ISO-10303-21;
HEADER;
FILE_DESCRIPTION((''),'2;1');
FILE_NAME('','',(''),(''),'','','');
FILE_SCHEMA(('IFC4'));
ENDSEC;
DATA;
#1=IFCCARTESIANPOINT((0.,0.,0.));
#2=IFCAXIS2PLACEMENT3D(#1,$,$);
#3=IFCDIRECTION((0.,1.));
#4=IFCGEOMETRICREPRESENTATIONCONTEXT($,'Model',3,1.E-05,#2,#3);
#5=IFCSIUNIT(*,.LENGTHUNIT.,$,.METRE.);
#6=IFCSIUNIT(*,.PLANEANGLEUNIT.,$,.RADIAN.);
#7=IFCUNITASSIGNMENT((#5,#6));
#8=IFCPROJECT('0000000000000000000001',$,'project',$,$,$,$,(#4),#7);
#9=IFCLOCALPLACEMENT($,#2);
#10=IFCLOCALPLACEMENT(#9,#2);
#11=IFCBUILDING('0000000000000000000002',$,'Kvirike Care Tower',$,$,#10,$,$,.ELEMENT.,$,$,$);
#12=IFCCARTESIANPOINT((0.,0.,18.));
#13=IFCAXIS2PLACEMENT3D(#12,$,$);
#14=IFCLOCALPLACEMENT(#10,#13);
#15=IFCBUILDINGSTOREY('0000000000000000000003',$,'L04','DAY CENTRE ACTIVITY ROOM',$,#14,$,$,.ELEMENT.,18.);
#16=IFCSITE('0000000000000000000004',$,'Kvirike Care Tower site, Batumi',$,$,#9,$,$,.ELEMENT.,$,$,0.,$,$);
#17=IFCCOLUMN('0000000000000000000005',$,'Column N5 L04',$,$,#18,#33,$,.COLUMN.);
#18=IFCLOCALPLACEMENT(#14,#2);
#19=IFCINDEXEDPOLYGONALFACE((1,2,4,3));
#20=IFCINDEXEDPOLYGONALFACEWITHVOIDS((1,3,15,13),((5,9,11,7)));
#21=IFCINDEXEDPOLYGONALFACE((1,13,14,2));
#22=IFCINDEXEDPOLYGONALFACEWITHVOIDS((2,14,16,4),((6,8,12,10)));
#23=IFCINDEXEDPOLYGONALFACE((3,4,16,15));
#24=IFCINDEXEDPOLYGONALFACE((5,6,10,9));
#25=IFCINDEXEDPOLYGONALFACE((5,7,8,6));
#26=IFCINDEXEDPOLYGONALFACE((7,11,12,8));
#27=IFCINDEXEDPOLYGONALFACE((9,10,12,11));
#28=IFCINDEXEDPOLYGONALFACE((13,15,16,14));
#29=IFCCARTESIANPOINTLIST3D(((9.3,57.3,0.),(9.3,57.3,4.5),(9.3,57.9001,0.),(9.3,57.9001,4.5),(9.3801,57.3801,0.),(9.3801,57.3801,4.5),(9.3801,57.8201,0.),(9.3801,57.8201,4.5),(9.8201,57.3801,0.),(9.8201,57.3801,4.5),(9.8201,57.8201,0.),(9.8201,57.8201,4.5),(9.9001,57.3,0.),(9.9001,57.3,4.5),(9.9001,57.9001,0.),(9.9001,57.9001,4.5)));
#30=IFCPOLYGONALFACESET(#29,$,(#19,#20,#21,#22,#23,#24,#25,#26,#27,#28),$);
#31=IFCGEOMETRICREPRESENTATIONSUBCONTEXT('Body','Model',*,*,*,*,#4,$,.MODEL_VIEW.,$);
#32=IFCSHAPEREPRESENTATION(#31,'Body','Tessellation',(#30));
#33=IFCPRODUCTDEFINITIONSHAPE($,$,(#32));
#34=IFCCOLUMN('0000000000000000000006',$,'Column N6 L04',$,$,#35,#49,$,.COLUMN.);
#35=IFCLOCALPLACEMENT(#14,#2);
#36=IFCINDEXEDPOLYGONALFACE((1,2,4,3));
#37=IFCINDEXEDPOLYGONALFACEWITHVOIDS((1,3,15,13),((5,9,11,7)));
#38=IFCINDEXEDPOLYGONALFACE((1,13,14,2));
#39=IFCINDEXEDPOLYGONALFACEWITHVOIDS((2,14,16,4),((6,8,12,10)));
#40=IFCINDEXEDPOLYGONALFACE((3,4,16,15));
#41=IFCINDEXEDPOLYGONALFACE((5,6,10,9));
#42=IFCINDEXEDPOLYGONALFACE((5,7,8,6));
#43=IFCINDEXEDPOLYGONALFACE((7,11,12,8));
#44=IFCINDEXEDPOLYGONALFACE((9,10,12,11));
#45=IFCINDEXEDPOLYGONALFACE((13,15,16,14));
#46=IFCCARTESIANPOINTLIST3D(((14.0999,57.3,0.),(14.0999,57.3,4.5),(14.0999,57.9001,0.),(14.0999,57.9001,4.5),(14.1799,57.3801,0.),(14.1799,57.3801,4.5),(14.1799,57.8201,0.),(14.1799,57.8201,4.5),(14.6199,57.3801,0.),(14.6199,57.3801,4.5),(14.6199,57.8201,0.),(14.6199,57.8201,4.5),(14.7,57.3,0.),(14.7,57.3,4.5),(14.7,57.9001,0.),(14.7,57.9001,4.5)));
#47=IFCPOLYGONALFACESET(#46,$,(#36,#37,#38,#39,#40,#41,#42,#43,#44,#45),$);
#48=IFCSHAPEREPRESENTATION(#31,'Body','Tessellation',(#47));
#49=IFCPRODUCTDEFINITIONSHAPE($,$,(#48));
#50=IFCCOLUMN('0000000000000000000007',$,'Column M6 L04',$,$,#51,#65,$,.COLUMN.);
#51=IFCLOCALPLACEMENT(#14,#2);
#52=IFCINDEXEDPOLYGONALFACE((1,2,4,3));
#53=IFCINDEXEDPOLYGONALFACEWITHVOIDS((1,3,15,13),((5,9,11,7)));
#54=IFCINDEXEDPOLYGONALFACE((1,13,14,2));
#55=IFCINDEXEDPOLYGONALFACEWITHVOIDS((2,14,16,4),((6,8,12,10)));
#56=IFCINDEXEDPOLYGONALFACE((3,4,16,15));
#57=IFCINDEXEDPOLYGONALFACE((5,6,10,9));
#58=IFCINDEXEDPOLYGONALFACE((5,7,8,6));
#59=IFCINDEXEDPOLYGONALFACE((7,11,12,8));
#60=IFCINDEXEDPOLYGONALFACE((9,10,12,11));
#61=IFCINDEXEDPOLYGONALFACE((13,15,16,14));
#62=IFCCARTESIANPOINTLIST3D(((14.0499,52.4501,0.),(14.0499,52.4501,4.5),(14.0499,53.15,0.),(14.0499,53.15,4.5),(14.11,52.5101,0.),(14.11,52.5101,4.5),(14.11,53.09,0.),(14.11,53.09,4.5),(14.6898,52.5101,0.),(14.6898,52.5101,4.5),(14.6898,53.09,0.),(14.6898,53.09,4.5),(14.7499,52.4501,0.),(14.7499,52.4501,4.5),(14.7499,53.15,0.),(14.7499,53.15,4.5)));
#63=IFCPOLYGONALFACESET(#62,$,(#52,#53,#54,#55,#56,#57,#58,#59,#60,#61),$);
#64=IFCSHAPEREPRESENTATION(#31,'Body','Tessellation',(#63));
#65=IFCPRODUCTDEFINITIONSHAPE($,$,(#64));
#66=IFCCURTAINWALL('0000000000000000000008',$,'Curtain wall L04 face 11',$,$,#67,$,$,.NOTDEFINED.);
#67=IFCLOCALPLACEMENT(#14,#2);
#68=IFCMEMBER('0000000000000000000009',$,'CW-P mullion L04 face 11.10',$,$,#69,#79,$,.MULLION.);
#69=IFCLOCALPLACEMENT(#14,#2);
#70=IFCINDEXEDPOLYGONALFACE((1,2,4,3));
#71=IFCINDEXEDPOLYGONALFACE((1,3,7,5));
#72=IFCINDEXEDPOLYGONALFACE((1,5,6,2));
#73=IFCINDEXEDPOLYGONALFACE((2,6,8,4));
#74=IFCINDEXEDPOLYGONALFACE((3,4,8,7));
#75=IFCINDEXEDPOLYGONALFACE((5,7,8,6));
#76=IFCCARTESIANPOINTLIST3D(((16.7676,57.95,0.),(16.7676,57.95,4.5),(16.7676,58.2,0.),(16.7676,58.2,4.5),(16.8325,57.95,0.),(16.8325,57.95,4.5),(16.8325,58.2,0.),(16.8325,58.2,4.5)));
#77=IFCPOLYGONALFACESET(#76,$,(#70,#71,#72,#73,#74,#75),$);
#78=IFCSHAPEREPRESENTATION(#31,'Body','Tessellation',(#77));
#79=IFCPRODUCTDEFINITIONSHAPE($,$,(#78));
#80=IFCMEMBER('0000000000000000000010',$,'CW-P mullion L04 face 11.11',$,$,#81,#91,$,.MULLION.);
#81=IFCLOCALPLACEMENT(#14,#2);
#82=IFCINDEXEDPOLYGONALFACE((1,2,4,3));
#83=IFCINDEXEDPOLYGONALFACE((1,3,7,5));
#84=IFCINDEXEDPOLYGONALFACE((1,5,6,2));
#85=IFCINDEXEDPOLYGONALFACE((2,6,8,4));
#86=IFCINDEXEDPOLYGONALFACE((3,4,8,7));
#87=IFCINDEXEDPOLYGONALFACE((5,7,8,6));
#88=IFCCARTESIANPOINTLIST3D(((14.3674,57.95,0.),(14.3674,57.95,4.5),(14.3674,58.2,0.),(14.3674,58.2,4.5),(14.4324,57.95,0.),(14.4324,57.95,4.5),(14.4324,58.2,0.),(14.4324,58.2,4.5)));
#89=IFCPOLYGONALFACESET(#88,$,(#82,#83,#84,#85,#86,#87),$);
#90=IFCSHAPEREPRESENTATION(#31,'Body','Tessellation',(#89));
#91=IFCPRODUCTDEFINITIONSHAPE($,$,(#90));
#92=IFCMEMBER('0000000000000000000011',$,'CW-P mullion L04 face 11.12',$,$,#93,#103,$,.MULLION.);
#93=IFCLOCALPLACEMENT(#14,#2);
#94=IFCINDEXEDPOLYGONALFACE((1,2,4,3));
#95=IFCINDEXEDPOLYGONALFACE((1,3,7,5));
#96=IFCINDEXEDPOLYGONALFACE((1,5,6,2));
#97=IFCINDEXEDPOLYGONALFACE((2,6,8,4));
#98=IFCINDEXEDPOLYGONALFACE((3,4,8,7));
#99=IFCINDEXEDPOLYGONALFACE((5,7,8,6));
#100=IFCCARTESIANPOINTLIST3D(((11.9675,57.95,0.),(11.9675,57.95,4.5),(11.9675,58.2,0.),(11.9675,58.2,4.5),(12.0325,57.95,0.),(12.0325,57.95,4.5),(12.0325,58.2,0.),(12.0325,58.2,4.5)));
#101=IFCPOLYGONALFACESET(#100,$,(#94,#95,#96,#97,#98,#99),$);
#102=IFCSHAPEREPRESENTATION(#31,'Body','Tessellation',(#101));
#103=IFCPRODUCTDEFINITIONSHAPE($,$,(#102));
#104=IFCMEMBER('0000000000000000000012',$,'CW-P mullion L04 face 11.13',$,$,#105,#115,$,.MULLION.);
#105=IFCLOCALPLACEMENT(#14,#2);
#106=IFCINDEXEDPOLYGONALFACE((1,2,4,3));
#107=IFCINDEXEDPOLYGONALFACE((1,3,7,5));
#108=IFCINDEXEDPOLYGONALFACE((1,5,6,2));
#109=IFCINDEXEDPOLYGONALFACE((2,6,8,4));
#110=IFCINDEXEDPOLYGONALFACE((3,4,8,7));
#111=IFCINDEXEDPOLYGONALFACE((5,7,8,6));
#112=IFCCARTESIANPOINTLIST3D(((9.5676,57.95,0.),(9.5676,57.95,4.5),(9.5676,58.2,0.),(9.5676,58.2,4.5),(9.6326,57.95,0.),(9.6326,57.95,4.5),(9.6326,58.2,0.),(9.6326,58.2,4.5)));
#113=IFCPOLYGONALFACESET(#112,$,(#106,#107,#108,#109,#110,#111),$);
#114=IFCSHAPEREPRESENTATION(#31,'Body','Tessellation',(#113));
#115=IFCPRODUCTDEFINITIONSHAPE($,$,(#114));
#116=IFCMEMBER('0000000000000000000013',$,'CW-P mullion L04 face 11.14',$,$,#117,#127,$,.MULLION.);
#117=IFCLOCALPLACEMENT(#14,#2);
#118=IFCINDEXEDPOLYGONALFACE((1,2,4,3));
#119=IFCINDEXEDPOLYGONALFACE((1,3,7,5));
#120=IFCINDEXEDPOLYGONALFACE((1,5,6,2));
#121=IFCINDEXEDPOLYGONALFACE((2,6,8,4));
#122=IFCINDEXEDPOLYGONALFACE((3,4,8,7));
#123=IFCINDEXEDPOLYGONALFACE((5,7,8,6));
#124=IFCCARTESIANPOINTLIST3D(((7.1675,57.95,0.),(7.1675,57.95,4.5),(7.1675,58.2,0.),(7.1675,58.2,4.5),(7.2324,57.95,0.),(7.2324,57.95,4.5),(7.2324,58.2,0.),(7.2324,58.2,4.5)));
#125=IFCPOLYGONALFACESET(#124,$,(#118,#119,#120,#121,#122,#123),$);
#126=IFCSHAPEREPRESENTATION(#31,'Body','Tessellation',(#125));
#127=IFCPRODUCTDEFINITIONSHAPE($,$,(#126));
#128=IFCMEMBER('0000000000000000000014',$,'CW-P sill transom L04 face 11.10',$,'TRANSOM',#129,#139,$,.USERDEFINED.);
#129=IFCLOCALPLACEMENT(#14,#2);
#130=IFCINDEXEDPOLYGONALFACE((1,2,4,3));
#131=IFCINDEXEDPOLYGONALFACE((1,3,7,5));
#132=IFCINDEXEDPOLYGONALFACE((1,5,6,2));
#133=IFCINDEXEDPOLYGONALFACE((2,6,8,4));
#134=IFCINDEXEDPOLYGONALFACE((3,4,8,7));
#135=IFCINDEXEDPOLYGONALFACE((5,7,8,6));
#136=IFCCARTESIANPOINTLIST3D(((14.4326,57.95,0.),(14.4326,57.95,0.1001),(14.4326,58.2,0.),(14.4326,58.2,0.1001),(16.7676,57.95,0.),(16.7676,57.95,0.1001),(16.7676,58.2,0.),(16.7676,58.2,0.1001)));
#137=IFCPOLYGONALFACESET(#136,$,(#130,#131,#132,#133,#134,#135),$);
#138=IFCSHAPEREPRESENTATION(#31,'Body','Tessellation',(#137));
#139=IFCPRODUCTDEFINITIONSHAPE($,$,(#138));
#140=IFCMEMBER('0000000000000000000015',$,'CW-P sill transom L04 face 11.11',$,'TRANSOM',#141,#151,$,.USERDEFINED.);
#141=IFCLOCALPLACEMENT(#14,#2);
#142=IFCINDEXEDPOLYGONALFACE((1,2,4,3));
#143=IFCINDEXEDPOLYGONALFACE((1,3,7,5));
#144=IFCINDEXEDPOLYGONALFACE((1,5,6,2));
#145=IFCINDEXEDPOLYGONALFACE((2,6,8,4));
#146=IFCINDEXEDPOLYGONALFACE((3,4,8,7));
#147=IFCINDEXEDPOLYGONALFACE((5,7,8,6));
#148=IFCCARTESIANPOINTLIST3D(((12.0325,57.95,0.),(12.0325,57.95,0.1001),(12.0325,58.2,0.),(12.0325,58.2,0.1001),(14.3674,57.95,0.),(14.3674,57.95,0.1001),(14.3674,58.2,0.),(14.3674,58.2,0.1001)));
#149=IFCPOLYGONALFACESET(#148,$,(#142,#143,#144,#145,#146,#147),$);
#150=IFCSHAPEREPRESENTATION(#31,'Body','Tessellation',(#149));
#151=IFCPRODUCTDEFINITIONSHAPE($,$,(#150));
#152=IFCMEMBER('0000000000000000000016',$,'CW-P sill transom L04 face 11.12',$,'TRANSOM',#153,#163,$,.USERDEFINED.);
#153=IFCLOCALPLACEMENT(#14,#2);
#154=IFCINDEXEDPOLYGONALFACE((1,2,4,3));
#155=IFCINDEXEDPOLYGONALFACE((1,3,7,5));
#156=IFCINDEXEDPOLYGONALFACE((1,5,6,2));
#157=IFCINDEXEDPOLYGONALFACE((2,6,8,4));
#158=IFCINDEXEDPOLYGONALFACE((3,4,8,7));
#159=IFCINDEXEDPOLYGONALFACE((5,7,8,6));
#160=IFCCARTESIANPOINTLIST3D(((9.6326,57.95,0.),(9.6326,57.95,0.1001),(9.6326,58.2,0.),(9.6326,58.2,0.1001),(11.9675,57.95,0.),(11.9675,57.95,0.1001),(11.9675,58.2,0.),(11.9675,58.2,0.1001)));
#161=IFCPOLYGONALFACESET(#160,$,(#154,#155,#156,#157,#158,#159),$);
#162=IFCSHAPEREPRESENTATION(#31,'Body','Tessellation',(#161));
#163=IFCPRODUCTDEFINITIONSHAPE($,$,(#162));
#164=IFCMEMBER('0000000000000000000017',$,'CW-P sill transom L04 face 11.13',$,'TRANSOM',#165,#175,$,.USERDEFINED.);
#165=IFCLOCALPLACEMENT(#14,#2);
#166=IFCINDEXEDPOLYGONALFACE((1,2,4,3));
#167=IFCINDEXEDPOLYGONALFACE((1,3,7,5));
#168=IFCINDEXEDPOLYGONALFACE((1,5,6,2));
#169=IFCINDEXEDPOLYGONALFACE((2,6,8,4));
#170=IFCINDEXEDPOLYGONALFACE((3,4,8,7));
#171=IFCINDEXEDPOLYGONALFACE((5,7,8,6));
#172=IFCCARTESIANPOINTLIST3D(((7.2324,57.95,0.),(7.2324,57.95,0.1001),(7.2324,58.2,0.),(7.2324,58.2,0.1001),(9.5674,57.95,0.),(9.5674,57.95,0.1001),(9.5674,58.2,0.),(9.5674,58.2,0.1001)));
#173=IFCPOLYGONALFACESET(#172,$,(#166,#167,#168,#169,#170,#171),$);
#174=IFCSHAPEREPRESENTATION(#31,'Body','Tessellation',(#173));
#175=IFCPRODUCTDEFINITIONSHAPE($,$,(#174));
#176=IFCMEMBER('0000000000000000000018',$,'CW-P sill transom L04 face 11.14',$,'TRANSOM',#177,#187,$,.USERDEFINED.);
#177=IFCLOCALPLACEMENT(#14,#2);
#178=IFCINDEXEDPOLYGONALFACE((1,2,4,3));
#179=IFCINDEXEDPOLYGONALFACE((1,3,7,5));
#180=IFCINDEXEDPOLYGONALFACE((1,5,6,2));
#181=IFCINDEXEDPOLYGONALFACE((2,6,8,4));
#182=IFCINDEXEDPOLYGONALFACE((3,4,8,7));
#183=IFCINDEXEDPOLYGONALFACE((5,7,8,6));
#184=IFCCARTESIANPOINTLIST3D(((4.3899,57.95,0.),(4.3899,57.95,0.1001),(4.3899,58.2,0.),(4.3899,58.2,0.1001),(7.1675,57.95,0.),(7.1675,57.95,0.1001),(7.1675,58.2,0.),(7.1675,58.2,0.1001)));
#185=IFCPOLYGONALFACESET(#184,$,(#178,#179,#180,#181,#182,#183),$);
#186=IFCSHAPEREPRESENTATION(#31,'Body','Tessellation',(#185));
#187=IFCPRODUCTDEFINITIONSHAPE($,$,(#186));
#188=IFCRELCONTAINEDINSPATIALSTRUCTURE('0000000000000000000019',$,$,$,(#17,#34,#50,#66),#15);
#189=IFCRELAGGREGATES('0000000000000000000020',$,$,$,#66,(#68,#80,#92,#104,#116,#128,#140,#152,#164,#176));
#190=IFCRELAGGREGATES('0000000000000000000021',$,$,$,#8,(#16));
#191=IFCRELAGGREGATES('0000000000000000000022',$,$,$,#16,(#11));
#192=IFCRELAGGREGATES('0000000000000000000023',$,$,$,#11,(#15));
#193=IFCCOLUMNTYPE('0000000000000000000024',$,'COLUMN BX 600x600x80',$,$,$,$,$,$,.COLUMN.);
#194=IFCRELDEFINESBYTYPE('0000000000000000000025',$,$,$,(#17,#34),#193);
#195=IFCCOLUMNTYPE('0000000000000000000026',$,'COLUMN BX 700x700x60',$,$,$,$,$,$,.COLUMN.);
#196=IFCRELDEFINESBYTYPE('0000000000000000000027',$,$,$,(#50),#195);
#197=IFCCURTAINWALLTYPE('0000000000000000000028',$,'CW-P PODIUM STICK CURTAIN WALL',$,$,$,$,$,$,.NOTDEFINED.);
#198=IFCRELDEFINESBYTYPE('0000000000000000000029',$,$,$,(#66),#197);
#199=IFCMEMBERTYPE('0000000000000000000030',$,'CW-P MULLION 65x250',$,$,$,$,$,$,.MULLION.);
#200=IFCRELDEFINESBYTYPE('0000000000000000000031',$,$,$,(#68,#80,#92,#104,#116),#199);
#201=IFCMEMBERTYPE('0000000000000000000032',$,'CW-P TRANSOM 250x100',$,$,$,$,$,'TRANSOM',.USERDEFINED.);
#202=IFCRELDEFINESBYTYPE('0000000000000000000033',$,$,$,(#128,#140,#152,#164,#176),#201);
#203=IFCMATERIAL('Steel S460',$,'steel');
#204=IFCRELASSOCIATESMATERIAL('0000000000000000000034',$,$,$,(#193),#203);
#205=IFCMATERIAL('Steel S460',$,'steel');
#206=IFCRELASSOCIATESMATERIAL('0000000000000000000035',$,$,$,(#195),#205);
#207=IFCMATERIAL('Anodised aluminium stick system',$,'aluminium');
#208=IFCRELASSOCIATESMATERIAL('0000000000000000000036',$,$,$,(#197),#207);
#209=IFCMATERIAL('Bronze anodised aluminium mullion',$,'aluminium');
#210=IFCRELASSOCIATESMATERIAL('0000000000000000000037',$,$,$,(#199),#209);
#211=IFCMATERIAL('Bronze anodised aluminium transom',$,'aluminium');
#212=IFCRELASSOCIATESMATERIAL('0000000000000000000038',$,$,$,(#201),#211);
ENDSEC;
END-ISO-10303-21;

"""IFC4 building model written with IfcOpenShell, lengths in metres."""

from ifc_helpers import new_model, si_unit, direction, frame, origin, origin_2d, place, context, subcontext, project, spatial, rectangle, hollow_rectangle, extrude, material, material_profile, profile_set, type_object, element, aggregate, save


model = new_model("IFC4")

# Units and contexts
model_context = context("Model", 3, precision=1e-05, world=origin(), true_north=direction((0.0, 1.0)))
body_context = subcontext(model_context, "Body", "Model", "MODEL_VIEW")
ifc_project = project(units=[si_unit("LENGTHUNIT", "METRE"), si_unit("PLANEANGLEUNIT", "RADIAN")], contexts=[model_context])

# Site, building, storey
site_placement = place(None, origin())
site = spatial("IfcSite", under=ifc_project, at=site_placement, Name="Kvirike Care Tower site, Batumi", CompositionType="ELEMENT", RefElevation=0.0)
building_placement = place(site_placement, origin())
building = spatial("IfcBuilding", under=site, at=building_placement, Name="Kvirike Care Tower", CompositionType="ELEMENT")
storey_placement = place(building_placement, frame((0.0, 0.0, 18.0)))
storey = spatial("IfcBuildingStorey", under=building, at=storey_placement, Name="L04", Description="DAY CENTRE ACTIVITY ROOM", CompositionType="ELEMENT", Elevation=18.0)

# Columns
ifc_material_1 = material(Name="Steel S460", Category="steel")
ifc_material_profile_1 = material_profile(ifc_material_1, hollow_rectangle(XDim=0.6001, YDim=0.6001, WallThickness=0.0801, at=origin_2d()), Name="BX 600x600x80")
ifc_profile_set_1 = profile_set([ifc_material_profile_1], Name="Steel S460")
column_type_1 = type_object("IfcColumnType", Name="COLUMN BX 600x600x80", PredefinedType="COLUMN", material=ifc_profile_set_1)
for number, where, z_axis, x_axis, name in (
    (1, (9.6001, 57.6001, 0.0), (0.0, 0.0, 1.0), (0.0, 1.0, 0.0), "Column N5 L04"),
    (2, (14.3999, 57.6001, 0.0), (0.0, 0.0, 1.0), (0.0, 1.0, 0.0), "Column N6 L04"),
):
    element("IfcColumn", number, at=place(storey_placement, frame(where, z_axis=z_axis, x_axis=x_axis)), inside=storey, type_object=column_type_1, Name=name, PredefinedType="COLUMN", context=body_context, shape_type="SweptSolid", body=[
        extrude(hollow_rectangle(XDim=0.6001, YDim=0.6001, WallThickness=0.0801, at=origin_2d()), origin(), (0.0, 0.0, 1.0), 4.5),
    ])
ifc_material_2 = material(Name="Steel S460", Category="steel")
ifc_material_profile_2 = material_profile(ifc_material_2, hollow_rectangle(XDim=0.7, YDim=0.7, WallThickness=0.0601, at=origin_2d()), Name="BX 700x700x60")
ifc_profile_set_2 = profile_set([ifc_material_profile_2], Name="Steel S460")
column_type_2 = type_object("IfcColumnType", Name="COLUMN BX 700x700x60", PredefinedType="COLUMN", material=ifc_profile_set_2)
column_placement = place(storey_placement, frame((14.3999, 52.8, 0.0), z_axis=(0.0, 0.0, 1.0), x_axis=(1.0, 0.0, 0.0)))
element("IfcColumn", 3, at=column_placement, inside=storey, type_object=column_type_2, Name="Column M6 L04", PredefinedType="COLUMN", context=body_context, shape_type="SweptSolid", body=[
    extrude(hollow_rectangle(XDim=0.7, YDim=0.7, WallThickness=0.0601, at=origin_2d()), origin(), (0.0, 0.0, 1.0), 4.5),
])

# Curtain wall, members
ifc_material_3 = material(Name="Anodised aluminium stick system", Category="aluminium")
curtain_wall_type = type_object("IfcCurtainWallType", Name="CW-P PODIUM STICK CURTAIN WALL", PredefinedType="NOTDEFINED", material=ifc_material_3)
curtain_wall_placement = place(storey_placement, origin())
curtain_wall = element("IfcCurtainWall", 4, at=curtain_wall_placement, inside=storey, type_object=curtain_wall_type, Name="Curtain wall L04 face 11", PredefinedType="NOTDEFINED")
ifc_material_4 = material(Name="Bronze anodised aluminium mullion", Category="aluminium")
ifc_material_profile_3 = material_profile(ifc_material_4, rectangle(XDim=0.0649, YDim=0.25, at=origin_2d()), Name="CW-P MULLION 65x250")
ifc_profile_set_3 = profile_set([ifc_material_profile_3], Name="Bronze anodised aluminium mullion")
member_type_1 = type_object("IfcMemberType", Name="CW-P MULLION 65x250", PredefinedType="MULLION", material=ifc_profile_set_3)
member_1_placement = place(storey_placement, frame((16.8, 58.075, 0.0), z_axis=(0.0, 0.0, 1.0), x_axis=(-1.0, 0.0, 0.0)))
member_1 = element("IfcMember", 5, at=member_1_placement, type_object=member_type_1, Name="CW-P mullion L04 face 11.10", PredefinedType="MULLION", context=body_context, shape_type="SweptSolid", body=[
    extrude(rectangle(XDim=0.0649, YDim=0.25, at=origin_2d()), origin(), (0.0, 0.0, 1.0), 4.5),
])
member_2_placement = place(storey_placement, frame((14.3999, 58.075, 0.0), z_axis=(0.0, 0.0, 1.0), x_axis=(-1.0, 0.0, 0.0)))
member_2 = element("IfcMember", 6, at=member_2_placement, type_object=member_type_1, Name="CW-P mullion L04 face 11.11", PredefinedType="MULLION", context=body_context, shape_type="SweptSolid", body=[
    extrude(rectangle(XDim=0.0649, YDim=0.25, at=origin_2d()), origin(), (0.0, 0.0, 1.0), 4.5),
])
member_3_placement = place(storey_placement, frame((12.0, 58.075, 0.0), z_axis=(0.0, 0.0, 1.0), x_axis=(-1.0, 0.0, 0.0)))
member_3 = element("IfcMember", 7, at=member_3_placement, type_object=member_type_1, Name="CW-P mullion L04 face 11.12", PredefinedType="MULLION", context=body_context, shape_type="SweptSolid", body=[
    extrude(rectangle(XDim=0.0649, YDim=0.25, at=origin_2d()), origin(), (0.0, 0.0, 1.0), 4.5),
])
member_4_placement = place(storey_placement, frame((9.6001, 58.075, 0.0), z_axis=(0.0, 0.0, 1.0), x_axis=(-1.0, 0.0, 0.0)))
member_4 = element("IfcMember", 8, at=member_4_placement, type_object=member_type_1, Name="CW-P mullion L04 face 11.13", PredefinedType="MULLION", context=body_context, shape_type="SweptSolid", body=[
    extrude(rectangle(XDim=0.0649, YDim=0.25, at=origin_2d()), origin(), (0.0, 0.0, 1.0), 4.5),
])
member_5_placement = place(storey_placement, frame((7.2, 58.075, 0.0), z_axis=(0.0, 0.0, 1.0), x_axis=(-1.0, 0.0, 0.0)))
member_5 = element("IfcMember", 9, at=member_5_placement, type_object=member_type_1, Name="CW-P mullion L04 face 11.14", PredefinedType="MULLION", context=body_context, shape_type="SweptSolid", body=[
    extrude(rectangle(XDim=0.0649, YDim=0.25, at=origin_2d()), origin(), (0.0, 0.0, 1.0), 4.5),
])
ifc_material_5 = material(Name="Bronze anodised aluminium transom", Category="aluminium")
ifc_material_profile_4 = material_profile(ifc_material_5, rectangle(XDim=0.25, YDim=0.1001, at=origin_2d()), Name="CW-P TRANSOM 250x100")
ifc_profile_set_4 = profile_set([ifc_material_profile_4], Name="Bronze anodised aluminium transom")
member_type_2 = type_object("IfcMemberType", Name="CW-P TRANSOM 250x100", ElementType="TRANSOM", PredefinedType="USERDEFINED", material=ifc_profile_set_4)
member_6_placement = place(storey_placement, frame((16.7676, 58.075, 0.05), z_axis=(-1.0, 0.0, 0.0), x_axis=(0.0, -1.0, 0.0)))
member_6 = element("IfcMember", 10, at=member_6_placement, type_object=member_type_2, Name="CW-P sill transom L04 face 11.10", ObjectType="TRANSOM", PredefinedType="USERDEFINED", context=body_context, shape_type="SweptSolid", body=[
    extrude(rectangle(XDim=0.25, YDim=0.1001, at=origin_2d()), origin(), (0.0, 0.0, 1.0), 2.335),
])
member_7_placement = place(storey_placement, frame((14.3674, 58.075, 0.05), z_axis=(-1.0, 0.0, 0.0), x_axis=(0.0, -1.0, 0.0)))
member_7 = element("IfcMember", 11, at=member_7_placement, type_object=member_type_2, Name="CW-P sill transom L04 face 11.11", ObjectType="TRANSOM", PredefinedType="USERDEFINED", context=body_context, shape_type="SweptSolid", body=[
    extrude(rectangle(XDim=0.25, YDim=0.1001, at=origin_2d()), origin(), (0.0, 0.0, 1.0), 2.335),
])
member_8_placement = place(storey_placement, frame((11.9675, 58.075, 0.05), z_axis=(-1.0, 0.0, 0.0), x_axis=(0.0, -1.0, 0.0)))
member_8 = element("IfcMember", 12, at=member_8_placement, type_object=member_type_2, Name="CW-P sill transom L04 face 11.12", ObjectType="TRANSOM", PredefinedType="USERDEFINED", context=body_context, shape_type="SweptSolid", body=[
    extrude(rectangle(XDim=0.25, YDim=0.1001, at=origin_2d()), origin(), (0.0, 0.0, 1.0), 2.335),
])
member_9_placement = place(storey_placement, frame((9.5674, 58.075, 0.05), z_axis=(-1.0, 0.0, 0.0), x_axis=(0.0, -1.0, 0.0)))
member_9 = element("IfcMember", 13, at=member_9_placement, type_object=member_type_2, Name="CW-P sill transom L04 face 11.13", ObjectType="TRANSOM", PredefinedType="USERDEFINED", context=body_context, shape_type="SweptSolid", body=[
    extrude(rectangle(XDim=0.25, YDim=0.1001, at=origin_2d()), origin(), (0.0, 0.0, 1.0), 2.335),
])
member_10_placement = place(storey_placement, frame((7.1675, 58.075, 0.05), z_axis=(-1.0, 0.0, 0.0), x_axis=(0.0, -1.0, 0.0)))
member_10 = element("IfcMember", 14, at=member_10_placement, type_object=member_type_2, Name="CW-P sill transom L04 face 11.14", ObjectType="TRANSOM", PredefinedType="USERDEFINED", context=body_context, shape_type="SweptSolid", body=[
    extrude(rectangle(XDim=0.25, YDim=0.1001, at=origin_2d()), origin(), (0.0, 0.0, 1.0), 2.7776),
])

aggregate(curtain_wall, [member_1, member_2, member_3, member_4, member_5, member_6, member_7, member_8, member_9, member_10])

save(model, "model.ifc")
